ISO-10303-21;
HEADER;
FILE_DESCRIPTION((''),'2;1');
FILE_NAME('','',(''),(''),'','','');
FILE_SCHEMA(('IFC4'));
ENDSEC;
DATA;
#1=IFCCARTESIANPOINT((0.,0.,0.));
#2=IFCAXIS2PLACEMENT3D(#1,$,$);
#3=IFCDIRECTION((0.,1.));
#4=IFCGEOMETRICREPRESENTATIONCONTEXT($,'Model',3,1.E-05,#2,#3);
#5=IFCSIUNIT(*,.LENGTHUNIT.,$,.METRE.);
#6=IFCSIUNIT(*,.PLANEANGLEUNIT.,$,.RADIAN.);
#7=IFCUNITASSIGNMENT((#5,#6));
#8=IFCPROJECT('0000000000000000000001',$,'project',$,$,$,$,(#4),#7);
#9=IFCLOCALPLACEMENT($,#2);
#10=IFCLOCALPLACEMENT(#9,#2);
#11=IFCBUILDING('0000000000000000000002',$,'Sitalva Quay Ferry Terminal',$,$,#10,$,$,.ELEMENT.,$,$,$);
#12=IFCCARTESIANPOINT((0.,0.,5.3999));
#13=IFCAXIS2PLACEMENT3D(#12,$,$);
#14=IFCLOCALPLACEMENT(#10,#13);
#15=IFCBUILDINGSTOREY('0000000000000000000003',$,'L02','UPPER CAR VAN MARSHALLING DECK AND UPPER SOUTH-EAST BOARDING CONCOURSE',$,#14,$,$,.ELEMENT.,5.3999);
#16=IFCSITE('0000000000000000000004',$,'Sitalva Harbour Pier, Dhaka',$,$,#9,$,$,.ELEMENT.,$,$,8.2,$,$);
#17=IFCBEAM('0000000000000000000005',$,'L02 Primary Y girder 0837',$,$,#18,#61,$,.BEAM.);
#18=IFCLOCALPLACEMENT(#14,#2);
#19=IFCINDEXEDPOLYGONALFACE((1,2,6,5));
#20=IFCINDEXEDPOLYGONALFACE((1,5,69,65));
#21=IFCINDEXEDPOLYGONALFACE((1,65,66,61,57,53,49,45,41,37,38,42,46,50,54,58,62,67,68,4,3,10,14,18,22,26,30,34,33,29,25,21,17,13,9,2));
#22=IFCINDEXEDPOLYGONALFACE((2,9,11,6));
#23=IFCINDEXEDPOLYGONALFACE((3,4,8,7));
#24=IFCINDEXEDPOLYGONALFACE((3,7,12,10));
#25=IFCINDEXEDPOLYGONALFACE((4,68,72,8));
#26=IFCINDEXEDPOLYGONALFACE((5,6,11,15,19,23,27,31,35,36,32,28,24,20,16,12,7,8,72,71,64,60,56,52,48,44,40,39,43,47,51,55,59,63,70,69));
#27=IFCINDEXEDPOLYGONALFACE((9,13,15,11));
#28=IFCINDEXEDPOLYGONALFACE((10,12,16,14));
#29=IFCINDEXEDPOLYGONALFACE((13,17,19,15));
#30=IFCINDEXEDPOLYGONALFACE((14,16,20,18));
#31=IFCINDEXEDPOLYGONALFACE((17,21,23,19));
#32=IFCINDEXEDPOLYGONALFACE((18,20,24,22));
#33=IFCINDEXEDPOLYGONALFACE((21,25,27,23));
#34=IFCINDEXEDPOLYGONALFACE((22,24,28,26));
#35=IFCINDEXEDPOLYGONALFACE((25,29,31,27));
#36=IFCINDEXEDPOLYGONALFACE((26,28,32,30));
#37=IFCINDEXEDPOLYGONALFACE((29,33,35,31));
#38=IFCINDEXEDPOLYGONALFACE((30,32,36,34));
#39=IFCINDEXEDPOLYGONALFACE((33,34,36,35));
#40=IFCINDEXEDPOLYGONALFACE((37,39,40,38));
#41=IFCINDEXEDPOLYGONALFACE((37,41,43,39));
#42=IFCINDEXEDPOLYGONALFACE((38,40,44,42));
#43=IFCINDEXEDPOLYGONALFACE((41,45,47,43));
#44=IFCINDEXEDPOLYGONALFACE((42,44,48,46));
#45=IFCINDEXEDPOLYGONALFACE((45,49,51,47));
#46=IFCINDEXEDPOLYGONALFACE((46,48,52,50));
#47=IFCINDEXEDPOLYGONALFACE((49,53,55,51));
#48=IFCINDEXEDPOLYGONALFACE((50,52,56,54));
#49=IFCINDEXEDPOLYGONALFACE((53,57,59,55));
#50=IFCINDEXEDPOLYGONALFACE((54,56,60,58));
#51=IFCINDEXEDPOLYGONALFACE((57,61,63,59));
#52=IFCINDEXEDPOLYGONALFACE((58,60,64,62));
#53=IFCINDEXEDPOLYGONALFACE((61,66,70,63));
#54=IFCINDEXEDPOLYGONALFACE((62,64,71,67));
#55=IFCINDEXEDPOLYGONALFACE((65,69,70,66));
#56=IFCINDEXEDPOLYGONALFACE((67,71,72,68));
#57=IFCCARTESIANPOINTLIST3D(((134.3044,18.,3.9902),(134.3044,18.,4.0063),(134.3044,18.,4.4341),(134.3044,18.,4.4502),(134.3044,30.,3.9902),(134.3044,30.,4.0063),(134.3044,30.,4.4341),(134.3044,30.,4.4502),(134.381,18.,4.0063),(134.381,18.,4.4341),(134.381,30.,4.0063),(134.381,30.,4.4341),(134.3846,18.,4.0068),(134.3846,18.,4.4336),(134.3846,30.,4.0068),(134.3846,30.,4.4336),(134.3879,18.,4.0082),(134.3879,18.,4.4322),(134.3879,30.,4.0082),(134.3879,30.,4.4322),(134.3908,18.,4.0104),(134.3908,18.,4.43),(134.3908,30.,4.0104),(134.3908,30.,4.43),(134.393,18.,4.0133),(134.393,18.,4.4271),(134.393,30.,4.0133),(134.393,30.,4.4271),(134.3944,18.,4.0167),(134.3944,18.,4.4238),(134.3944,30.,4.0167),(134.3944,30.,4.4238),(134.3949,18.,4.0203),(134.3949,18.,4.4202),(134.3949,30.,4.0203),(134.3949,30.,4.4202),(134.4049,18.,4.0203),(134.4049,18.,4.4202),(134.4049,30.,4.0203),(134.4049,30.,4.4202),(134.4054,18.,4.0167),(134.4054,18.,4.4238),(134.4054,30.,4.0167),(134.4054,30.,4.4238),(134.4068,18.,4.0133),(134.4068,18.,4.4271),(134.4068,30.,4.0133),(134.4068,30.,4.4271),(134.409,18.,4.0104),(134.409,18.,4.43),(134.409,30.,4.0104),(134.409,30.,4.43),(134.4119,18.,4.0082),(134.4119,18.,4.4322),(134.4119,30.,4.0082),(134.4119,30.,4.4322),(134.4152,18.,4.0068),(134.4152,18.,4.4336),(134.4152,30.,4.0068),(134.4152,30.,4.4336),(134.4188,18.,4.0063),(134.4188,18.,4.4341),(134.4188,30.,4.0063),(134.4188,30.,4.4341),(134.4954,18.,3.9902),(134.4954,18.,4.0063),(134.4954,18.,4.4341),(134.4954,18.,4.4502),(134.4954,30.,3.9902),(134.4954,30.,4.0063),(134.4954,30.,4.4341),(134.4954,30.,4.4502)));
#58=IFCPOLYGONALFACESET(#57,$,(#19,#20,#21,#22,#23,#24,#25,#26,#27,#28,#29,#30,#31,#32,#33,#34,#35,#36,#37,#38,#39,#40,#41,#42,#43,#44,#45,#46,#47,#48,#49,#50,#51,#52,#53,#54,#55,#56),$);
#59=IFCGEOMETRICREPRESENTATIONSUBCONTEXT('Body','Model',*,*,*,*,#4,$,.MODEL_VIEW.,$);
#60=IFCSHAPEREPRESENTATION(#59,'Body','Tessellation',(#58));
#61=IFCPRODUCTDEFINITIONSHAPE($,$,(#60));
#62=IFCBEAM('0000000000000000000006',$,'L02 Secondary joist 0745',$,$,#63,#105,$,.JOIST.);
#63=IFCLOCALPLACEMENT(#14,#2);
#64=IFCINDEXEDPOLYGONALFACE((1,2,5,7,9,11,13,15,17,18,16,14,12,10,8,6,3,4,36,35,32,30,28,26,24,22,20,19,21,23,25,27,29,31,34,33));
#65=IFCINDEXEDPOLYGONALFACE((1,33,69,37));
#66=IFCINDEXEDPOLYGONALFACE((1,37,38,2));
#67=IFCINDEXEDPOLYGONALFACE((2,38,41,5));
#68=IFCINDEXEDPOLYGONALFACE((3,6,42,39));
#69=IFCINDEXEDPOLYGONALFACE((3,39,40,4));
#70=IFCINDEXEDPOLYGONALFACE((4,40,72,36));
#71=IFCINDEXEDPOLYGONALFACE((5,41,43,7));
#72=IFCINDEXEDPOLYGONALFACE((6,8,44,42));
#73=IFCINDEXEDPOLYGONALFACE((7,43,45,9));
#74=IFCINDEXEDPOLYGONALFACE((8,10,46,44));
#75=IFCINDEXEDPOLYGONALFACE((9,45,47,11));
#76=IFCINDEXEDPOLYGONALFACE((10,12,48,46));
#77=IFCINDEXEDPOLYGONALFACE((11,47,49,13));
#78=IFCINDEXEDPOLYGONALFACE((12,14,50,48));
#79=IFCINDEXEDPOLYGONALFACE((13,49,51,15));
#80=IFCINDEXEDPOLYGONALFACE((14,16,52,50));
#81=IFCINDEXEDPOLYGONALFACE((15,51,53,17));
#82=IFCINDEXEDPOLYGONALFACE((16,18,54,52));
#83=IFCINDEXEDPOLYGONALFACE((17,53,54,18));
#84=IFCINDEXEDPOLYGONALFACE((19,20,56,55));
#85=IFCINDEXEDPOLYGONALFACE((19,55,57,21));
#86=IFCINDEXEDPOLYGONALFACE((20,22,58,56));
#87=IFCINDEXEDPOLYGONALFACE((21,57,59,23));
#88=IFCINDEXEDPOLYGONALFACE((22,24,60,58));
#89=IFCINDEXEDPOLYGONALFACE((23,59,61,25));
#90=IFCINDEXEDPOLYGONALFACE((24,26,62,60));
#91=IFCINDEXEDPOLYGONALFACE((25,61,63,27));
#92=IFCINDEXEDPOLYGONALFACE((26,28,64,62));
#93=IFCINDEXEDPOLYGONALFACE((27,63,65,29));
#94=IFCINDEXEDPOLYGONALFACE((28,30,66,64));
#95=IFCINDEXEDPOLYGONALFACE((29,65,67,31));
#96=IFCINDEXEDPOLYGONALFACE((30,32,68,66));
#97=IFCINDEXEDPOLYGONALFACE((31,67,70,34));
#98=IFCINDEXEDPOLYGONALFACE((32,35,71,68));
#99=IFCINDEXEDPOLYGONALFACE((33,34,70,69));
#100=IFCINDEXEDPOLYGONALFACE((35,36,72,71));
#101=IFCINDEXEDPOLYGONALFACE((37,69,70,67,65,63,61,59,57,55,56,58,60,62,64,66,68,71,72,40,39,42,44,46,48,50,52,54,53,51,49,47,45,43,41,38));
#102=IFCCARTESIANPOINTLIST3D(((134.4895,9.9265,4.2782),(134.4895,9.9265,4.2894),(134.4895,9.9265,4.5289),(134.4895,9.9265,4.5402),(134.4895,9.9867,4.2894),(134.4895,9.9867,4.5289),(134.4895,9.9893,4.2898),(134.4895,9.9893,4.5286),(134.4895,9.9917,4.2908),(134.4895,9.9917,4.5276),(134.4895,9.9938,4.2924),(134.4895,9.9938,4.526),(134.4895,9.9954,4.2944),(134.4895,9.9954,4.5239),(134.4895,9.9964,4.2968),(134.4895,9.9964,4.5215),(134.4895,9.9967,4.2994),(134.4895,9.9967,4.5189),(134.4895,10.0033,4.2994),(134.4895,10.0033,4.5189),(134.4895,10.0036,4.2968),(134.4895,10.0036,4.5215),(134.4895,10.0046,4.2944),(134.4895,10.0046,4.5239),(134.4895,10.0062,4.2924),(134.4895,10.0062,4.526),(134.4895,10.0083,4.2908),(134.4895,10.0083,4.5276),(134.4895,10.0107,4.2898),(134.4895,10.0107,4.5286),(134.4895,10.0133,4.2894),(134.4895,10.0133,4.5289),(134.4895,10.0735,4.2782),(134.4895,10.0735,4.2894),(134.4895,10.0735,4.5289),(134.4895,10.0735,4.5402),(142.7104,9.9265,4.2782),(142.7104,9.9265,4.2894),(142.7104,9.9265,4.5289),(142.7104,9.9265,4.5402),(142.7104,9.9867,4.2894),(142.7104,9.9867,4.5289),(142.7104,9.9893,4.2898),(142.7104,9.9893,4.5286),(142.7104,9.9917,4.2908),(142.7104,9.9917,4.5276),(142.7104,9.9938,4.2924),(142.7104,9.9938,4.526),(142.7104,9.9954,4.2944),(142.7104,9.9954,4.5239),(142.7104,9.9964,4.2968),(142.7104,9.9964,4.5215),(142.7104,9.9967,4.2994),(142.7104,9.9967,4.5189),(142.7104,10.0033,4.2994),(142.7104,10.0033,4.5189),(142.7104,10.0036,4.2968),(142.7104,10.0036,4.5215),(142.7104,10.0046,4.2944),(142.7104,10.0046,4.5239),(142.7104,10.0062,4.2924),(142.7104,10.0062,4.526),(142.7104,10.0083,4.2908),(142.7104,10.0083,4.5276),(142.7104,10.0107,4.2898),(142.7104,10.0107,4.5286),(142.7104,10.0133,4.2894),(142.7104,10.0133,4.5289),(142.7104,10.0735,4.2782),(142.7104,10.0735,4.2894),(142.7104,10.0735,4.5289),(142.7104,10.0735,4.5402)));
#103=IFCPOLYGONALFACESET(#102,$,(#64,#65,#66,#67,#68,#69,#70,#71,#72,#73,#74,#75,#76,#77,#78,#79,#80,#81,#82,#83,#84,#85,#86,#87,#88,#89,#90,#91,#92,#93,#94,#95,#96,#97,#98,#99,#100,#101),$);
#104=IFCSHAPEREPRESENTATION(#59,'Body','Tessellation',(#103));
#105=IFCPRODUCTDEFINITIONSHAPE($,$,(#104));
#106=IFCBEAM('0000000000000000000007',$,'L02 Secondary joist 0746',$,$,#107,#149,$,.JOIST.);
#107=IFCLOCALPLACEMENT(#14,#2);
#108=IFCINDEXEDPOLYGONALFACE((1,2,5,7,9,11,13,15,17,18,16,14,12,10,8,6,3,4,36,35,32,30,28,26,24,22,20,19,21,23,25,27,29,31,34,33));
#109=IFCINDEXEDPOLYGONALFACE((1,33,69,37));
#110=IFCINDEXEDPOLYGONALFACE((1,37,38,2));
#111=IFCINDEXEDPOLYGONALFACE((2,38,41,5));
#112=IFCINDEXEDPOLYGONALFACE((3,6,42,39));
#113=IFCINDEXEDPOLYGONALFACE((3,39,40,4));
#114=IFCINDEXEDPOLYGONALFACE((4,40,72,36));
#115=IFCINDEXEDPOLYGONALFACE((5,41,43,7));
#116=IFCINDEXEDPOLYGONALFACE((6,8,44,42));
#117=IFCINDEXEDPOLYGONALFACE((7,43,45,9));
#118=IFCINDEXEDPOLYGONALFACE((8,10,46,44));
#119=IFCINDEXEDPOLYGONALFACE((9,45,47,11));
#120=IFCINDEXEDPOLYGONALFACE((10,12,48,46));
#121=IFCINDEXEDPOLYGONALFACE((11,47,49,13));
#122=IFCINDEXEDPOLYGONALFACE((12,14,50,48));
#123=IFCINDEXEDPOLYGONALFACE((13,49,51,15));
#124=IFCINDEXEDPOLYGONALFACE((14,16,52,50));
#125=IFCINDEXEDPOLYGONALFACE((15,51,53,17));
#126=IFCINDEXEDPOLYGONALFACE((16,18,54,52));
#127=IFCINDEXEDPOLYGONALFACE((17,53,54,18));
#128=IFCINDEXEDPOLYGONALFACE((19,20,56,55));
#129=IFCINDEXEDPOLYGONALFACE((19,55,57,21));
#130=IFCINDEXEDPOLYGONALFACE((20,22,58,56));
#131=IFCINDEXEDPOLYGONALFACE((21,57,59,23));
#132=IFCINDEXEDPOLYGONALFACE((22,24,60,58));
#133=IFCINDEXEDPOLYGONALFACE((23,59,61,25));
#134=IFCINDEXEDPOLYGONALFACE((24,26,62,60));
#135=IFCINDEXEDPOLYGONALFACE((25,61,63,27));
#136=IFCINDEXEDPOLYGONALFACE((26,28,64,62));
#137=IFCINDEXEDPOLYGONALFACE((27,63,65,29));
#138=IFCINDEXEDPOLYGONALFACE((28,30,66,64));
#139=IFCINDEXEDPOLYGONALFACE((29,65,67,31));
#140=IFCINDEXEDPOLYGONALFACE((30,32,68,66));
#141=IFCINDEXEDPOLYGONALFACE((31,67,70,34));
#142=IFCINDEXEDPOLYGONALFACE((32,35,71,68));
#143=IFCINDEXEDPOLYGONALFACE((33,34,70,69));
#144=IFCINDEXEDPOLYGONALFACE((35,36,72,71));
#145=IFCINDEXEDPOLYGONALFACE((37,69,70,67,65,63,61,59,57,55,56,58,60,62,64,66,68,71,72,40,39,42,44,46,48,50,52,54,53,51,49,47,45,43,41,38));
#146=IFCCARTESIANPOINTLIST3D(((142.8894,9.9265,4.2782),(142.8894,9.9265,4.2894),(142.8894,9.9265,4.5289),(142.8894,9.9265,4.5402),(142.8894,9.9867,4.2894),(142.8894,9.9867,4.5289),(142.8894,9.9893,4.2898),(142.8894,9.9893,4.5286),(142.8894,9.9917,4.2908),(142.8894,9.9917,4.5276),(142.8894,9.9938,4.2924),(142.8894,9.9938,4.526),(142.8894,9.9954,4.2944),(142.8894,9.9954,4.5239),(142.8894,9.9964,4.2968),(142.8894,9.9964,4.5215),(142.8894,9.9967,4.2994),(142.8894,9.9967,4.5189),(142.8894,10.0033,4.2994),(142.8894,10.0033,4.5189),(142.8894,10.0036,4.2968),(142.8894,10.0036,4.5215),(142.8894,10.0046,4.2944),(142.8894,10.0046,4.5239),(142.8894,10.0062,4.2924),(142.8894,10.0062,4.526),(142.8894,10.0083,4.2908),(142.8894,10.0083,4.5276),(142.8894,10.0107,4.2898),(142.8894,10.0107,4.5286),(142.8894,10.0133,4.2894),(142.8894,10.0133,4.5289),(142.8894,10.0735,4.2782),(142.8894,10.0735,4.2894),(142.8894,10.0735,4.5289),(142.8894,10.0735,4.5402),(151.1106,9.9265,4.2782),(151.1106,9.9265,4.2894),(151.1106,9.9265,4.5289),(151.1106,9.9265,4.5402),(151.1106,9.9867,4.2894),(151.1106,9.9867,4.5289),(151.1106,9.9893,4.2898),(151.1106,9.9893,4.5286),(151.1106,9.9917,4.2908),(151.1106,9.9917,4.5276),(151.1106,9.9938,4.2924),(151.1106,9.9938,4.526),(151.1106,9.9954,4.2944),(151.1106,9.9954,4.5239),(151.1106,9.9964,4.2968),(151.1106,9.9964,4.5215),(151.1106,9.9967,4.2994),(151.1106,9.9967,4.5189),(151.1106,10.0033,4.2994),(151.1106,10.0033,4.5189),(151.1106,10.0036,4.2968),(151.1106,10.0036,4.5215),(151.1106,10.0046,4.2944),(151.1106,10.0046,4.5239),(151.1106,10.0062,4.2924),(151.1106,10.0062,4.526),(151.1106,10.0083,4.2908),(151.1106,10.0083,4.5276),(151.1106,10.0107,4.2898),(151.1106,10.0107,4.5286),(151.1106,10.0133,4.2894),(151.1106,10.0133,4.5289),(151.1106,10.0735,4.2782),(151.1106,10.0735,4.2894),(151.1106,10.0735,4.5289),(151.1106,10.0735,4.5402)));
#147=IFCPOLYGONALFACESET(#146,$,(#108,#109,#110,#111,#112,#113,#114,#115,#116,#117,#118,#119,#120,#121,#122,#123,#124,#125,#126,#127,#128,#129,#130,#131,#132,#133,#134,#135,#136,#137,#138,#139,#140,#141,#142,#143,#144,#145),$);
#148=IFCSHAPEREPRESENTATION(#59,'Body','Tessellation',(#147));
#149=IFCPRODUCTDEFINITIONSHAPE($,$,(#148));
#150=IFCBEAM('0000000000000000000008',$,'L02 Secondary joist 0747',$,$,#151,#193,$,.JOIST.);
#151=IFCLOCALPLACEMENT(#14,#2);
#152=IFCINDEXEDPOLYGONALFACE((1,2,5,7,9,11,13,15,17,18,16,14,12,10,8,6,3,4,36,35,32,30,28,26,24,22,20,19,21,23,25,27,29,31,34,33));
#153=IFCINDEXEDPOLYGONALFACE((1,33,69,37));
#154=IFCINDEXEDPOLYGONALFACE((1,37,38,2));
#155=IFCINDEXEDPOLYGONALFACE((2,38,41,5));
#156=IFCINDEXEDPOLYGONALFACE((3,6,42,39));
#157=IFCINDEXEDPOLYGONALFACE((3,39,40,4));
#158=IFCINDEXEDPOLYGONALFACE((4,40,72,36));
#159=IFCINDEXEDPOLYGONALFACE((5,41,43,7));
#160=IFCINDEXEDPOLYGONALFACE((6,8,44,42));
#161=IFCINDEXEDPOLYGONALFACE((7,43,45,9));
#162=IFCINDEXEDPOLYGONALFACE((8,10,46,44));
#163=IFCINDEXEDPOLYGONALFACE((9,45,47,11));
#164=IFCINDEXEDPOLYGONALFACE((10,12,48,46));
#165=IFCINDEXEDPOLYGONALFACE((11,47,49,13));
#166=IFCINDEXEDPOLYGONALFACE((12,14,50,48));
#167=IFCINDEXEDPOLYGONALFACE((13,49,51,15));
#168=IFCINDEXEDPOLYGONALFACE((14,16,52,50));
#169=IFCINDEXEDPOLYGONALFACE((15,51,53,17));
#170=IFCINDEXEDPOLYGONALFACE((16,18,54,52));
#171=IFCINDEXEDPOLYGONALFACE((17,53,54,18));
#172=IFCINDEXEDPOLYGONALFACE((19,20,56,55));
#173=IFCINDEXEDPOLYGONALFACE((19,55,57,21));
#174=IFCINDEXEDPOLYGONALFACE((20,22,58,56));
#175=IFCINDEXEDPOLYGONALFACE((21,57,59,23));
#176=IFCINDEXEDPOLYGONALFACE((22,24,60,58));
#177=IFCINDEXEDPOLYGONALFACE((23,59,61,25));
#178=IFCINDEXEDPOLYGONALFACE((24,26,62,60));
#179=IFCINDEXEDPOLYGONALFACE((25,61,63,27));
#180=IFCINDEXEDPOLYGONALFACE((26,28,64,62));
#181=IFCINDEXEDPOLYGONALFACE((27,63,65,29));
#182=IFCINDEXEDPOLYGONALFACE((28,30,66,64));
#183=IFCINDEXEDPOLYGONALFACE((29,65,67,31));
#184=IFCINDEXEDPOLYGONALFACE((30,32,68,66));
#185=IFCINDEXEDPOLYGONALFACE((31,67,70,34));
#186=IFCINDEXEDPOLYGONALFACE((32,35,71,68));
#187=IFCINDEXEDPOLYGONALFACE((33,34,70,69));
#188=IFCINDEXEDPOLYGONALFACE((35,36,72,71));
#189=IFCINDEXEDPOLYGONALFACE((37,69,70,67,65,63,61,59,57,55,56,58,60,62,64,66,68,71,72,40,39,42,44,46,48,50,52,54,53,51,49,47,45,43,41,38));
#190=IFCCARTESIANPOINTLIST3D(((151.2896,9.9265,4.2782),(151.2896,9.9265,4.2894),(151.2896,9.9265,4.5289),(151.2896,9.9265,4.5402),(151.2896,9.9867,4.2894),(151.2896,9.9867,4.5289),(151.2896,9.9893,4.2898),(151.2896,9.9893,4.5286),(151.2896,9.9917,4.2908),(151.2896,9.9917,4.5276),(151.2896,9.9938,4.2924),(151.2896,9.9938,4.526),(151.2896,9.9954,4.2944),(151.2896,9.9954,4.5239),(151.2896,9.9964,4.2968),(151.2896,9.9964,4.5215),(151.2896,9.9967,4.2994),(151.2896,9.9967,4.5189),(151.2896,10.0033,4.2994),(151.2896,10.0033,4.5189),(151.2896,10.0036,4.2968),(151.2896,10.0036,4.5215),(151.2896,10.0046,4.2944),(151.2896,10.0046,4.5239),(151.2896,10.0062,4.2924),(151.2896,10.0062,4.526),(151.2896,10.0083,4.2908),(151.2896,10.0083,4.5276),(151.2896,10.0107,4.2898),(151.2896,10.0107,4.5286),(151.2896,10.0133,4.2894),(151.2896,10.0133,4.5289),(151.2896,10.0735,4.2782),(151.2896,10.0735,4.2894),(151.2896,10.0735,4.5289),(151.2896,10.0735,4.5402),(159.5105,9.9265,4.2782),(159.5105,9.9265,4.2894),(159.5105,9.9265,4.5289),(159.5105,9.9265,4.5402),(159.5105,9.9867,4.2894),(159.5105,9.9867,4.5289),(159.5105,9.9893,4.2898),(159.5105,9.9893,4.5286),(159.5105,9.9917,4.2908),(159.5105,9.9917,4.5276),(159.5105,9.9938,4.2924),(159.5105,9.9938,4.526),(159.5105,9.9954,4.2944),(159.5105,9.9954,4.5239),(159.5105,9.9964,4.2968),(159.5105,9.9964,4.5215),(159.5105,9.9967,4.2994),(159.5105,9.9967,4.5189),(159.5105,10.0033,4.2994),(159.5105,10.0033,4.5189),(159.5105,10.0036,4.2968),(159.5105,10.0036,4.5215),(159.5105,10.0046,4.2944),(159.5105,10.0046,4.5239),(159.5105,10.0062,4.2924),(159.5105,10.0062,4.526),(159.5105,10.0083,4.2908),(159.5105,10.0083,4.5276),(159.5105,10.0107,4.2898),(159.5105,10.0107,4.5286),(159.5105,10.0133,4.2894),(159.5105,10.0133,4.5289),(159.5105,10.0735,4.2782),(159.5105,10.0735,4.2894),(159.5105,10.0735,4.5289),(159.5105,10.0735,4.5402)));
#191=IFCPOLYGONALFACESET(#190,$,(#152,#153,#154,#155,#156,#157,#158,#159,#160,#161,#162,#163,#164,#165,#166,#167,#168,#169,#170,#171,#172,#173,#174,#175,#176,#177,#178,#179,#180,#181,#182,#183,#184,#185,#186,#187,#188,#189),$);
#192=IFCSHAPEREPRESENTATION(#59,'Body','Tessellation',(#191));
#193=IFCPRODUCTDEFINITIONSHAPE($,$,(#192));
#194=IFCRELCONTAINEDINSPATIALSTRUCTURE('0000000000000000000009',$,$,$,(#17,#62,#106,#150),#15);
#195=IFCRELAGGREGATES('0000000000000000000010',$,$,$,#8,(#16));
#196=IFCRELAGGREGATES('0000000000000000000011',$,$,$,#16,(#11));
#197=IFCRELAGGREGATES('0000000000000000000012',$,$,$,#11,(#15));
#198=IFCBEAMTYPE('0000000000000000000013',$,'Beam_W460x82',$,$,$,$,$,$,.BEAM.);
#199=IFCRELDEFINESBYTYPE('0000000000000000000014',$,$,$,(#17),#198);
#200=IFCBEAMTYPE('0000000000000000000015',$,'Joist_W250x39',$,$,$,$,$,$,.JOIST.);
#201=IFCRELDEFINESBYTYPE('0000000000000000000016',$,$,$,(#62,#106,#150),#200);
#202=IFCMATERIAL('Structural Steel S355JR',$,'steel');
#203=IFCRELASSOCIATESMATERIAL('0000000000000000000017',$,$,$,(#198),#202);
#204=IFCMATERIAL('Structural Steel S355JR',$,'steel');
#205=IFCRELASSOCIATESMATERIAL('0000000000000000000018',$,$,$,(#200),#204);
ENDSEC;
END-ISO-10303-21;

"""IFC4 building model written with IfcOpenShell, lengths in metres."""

from ifc_helpers import new_model, si_unit, direction, frame, origin, origin_2d, place, context, subcontext, project, spatial, i_section, extrude, material, material_profile, profile_set, type_object, element, save


model = new_model("IFC4")

# Units and contexts
model_context = context("Model", 3, precision=1e-05, world=origin(), true_north=direction((0.0, 1.0)))
body_context = subcontext(model_context, "Body", "Model", "MODEL_VIEW")
ifc_project = project(units=[si_unit("LENGTHUNIT", "METRE"), si_unit("PLANEANGLEUNIT", "RADIAN")], contexts=[model_context])

# Site, building, storey
site_placement = place(None, origin())
site = spatial("IfcSite", under=ifc_project, at=site_placement, Name="Sitalva Harbour Pier, Dhaka", CompositionType="ELEMENT", RefElevation=8.2)
building_placement = place(site_placement, origin())
building = spatial("IfcBuilding", under=site, at=building_placement, Name="Sitalva Quay Ferry Terminal", CompositionType="ELEMENT")
storey_placement = place(building_placement, frame((0.0, 0.0, 5.3999)))
storey = spatial("IfcBuildingStorey", under=building, at=storey_placement, Name="L02", Description="UPPER CAR VAN MARSHALLING DECK AND UPPER SOUTH-EAST BOARDING CONCOURSE", CompositionType="ELEMENT", Elevation=5.3999)

# Beams
ifc_material_1 = material(Name="Structural Steel S355JR", Category="steel")
ifc_material_profile_1 = material_profile(ifc_material_1, i_section(OverallWidth=0.1909, OverallDepth=0.46, WebThickness=0.01, FlangeThickness=0.0161, FilletRadius=0.0139, at=origin_2d()), Name="W460x82")
ifc_profile_set_1 = profile_set([ifc_material_profile_1], Name="Structural Steel S355JR")
beam_type_1 = type_object("IfcBeamType", Name="Beam_W460x82", PredefinedType="BEAM", material=ifc_profile_set_1)
beam_1_placement = place(storey_placement, frame((134.3999, 18.0, 4.2202), z_axis=(0.0, 1.0, 0.0), x_axis=(-1.0, 0.0, 0.0)))
element("IfcBeam", 1, at=beam_1_placement, inside=storey, type_object=beam_type_1, Name="L02 Primary Y girder 0837", PredefinedType="BEAM", context=body_context, shape_type="SweptSolid", body=[
    extrude(i_section(OverallWidth=0.1909, OverallDepth=0.46, WebThickness=0.01, FlangeThickness=0.0161, FilletRadius=0.0139, at=origin_2d()), origin(), (0.0, 0.0, 1.0), 12.0),
])
ifc_material_2 = material(Name="Structural Steel S355JR", Category="steel")
ifc_material_profile_2 = material_profile(ifc_material_2, i_section(OverallWidth=0.147, OverallDepth=0.262, WebThickness=0.0066, FlangeThickness=0.0112, FilletRadius=0.01, at=origin_2d()), Name="W250x39")
ifc_profile_set_2 = profile_set([ifc_material_profile_2], Name="Structural Steel S355JR")
beam_type_2 = type_object("IfcBeamType", Name="Joist_W250x39", PredefinedType="JOIST", material=ifc_profile_set_2)
beam_2_placement = place(storey_placement, frame((134.4895, 10.0, 4.4092), z_axis=(1.0, 0.0, 0.0), x_axis=(0.0, 1.0, 0.0)))
element("IfcBeam", 2, at=beam_2_placement, inside=storey, type_object=beam_type_2, Name="L02 Secondary joist 0745", PredefinedType="JOIST", context=body_context, shape_type="SweptSolid", body=[
    extrude(i_section(OverallWidth=0.147, OverallDepth=0.262, WebThickness=0.0066, FlangeThickness=0.0112, FilletRadius=0.01, at=origin_2d()), origin(), (0.0, 0.0, 1.0), 8.2209),
])
beam_3_placement = place(storey_placement, frame((142.8894, 10.0, 4.4092), z_axis=(1.0, 0.0, 0.0), x_axis=(0.0, 1.0, 0.0)))
element("IfcBeam", 3, at=beam_3_placement, inside=storey, type_object=beam_type_2, Name="L02 Secondary joist 0746", PredefinedType="JOIST", context=body_context, shape_type="SweptSolid", body=[
    extrude(i_section(OverallWidth=0.147, OverallDepth=0.262, WebThickness=0.0066, FlangeThickness=0.0112, FilletRadius=0.01, at=origin_2d()), origin(), (0.0, 0.0, 1.0), 8.2212),
])
for number, where, z_axis, x_axis, name in (
    (4, (151.2896, 10.0, 4.4092), (1.0, 0.0, 0.0), (0.0, 1.0, 0.0), "L02 Secondary joist 0747"),
):
    element("IfcBeam", number, at=place(storey_placement, frame(where, z_axis=z_axis, x_axis=x_axis)), inside=storey, type_object=beam_type_2, Name=name, PredefinedType="JOIST", context=body_context, shape_type="SweptSolid", body=[
        extrude(i_section(OverallWidth=0.147, OverallDepth=0.262, WebThickness=0.0066, FlangeThickness=0.0112, FilletRadius=0.01, at=origin_2d()), origin(), (0.0, 0.0, 1.0), 8.2209),
    ])

save(model, "model.ifc")
